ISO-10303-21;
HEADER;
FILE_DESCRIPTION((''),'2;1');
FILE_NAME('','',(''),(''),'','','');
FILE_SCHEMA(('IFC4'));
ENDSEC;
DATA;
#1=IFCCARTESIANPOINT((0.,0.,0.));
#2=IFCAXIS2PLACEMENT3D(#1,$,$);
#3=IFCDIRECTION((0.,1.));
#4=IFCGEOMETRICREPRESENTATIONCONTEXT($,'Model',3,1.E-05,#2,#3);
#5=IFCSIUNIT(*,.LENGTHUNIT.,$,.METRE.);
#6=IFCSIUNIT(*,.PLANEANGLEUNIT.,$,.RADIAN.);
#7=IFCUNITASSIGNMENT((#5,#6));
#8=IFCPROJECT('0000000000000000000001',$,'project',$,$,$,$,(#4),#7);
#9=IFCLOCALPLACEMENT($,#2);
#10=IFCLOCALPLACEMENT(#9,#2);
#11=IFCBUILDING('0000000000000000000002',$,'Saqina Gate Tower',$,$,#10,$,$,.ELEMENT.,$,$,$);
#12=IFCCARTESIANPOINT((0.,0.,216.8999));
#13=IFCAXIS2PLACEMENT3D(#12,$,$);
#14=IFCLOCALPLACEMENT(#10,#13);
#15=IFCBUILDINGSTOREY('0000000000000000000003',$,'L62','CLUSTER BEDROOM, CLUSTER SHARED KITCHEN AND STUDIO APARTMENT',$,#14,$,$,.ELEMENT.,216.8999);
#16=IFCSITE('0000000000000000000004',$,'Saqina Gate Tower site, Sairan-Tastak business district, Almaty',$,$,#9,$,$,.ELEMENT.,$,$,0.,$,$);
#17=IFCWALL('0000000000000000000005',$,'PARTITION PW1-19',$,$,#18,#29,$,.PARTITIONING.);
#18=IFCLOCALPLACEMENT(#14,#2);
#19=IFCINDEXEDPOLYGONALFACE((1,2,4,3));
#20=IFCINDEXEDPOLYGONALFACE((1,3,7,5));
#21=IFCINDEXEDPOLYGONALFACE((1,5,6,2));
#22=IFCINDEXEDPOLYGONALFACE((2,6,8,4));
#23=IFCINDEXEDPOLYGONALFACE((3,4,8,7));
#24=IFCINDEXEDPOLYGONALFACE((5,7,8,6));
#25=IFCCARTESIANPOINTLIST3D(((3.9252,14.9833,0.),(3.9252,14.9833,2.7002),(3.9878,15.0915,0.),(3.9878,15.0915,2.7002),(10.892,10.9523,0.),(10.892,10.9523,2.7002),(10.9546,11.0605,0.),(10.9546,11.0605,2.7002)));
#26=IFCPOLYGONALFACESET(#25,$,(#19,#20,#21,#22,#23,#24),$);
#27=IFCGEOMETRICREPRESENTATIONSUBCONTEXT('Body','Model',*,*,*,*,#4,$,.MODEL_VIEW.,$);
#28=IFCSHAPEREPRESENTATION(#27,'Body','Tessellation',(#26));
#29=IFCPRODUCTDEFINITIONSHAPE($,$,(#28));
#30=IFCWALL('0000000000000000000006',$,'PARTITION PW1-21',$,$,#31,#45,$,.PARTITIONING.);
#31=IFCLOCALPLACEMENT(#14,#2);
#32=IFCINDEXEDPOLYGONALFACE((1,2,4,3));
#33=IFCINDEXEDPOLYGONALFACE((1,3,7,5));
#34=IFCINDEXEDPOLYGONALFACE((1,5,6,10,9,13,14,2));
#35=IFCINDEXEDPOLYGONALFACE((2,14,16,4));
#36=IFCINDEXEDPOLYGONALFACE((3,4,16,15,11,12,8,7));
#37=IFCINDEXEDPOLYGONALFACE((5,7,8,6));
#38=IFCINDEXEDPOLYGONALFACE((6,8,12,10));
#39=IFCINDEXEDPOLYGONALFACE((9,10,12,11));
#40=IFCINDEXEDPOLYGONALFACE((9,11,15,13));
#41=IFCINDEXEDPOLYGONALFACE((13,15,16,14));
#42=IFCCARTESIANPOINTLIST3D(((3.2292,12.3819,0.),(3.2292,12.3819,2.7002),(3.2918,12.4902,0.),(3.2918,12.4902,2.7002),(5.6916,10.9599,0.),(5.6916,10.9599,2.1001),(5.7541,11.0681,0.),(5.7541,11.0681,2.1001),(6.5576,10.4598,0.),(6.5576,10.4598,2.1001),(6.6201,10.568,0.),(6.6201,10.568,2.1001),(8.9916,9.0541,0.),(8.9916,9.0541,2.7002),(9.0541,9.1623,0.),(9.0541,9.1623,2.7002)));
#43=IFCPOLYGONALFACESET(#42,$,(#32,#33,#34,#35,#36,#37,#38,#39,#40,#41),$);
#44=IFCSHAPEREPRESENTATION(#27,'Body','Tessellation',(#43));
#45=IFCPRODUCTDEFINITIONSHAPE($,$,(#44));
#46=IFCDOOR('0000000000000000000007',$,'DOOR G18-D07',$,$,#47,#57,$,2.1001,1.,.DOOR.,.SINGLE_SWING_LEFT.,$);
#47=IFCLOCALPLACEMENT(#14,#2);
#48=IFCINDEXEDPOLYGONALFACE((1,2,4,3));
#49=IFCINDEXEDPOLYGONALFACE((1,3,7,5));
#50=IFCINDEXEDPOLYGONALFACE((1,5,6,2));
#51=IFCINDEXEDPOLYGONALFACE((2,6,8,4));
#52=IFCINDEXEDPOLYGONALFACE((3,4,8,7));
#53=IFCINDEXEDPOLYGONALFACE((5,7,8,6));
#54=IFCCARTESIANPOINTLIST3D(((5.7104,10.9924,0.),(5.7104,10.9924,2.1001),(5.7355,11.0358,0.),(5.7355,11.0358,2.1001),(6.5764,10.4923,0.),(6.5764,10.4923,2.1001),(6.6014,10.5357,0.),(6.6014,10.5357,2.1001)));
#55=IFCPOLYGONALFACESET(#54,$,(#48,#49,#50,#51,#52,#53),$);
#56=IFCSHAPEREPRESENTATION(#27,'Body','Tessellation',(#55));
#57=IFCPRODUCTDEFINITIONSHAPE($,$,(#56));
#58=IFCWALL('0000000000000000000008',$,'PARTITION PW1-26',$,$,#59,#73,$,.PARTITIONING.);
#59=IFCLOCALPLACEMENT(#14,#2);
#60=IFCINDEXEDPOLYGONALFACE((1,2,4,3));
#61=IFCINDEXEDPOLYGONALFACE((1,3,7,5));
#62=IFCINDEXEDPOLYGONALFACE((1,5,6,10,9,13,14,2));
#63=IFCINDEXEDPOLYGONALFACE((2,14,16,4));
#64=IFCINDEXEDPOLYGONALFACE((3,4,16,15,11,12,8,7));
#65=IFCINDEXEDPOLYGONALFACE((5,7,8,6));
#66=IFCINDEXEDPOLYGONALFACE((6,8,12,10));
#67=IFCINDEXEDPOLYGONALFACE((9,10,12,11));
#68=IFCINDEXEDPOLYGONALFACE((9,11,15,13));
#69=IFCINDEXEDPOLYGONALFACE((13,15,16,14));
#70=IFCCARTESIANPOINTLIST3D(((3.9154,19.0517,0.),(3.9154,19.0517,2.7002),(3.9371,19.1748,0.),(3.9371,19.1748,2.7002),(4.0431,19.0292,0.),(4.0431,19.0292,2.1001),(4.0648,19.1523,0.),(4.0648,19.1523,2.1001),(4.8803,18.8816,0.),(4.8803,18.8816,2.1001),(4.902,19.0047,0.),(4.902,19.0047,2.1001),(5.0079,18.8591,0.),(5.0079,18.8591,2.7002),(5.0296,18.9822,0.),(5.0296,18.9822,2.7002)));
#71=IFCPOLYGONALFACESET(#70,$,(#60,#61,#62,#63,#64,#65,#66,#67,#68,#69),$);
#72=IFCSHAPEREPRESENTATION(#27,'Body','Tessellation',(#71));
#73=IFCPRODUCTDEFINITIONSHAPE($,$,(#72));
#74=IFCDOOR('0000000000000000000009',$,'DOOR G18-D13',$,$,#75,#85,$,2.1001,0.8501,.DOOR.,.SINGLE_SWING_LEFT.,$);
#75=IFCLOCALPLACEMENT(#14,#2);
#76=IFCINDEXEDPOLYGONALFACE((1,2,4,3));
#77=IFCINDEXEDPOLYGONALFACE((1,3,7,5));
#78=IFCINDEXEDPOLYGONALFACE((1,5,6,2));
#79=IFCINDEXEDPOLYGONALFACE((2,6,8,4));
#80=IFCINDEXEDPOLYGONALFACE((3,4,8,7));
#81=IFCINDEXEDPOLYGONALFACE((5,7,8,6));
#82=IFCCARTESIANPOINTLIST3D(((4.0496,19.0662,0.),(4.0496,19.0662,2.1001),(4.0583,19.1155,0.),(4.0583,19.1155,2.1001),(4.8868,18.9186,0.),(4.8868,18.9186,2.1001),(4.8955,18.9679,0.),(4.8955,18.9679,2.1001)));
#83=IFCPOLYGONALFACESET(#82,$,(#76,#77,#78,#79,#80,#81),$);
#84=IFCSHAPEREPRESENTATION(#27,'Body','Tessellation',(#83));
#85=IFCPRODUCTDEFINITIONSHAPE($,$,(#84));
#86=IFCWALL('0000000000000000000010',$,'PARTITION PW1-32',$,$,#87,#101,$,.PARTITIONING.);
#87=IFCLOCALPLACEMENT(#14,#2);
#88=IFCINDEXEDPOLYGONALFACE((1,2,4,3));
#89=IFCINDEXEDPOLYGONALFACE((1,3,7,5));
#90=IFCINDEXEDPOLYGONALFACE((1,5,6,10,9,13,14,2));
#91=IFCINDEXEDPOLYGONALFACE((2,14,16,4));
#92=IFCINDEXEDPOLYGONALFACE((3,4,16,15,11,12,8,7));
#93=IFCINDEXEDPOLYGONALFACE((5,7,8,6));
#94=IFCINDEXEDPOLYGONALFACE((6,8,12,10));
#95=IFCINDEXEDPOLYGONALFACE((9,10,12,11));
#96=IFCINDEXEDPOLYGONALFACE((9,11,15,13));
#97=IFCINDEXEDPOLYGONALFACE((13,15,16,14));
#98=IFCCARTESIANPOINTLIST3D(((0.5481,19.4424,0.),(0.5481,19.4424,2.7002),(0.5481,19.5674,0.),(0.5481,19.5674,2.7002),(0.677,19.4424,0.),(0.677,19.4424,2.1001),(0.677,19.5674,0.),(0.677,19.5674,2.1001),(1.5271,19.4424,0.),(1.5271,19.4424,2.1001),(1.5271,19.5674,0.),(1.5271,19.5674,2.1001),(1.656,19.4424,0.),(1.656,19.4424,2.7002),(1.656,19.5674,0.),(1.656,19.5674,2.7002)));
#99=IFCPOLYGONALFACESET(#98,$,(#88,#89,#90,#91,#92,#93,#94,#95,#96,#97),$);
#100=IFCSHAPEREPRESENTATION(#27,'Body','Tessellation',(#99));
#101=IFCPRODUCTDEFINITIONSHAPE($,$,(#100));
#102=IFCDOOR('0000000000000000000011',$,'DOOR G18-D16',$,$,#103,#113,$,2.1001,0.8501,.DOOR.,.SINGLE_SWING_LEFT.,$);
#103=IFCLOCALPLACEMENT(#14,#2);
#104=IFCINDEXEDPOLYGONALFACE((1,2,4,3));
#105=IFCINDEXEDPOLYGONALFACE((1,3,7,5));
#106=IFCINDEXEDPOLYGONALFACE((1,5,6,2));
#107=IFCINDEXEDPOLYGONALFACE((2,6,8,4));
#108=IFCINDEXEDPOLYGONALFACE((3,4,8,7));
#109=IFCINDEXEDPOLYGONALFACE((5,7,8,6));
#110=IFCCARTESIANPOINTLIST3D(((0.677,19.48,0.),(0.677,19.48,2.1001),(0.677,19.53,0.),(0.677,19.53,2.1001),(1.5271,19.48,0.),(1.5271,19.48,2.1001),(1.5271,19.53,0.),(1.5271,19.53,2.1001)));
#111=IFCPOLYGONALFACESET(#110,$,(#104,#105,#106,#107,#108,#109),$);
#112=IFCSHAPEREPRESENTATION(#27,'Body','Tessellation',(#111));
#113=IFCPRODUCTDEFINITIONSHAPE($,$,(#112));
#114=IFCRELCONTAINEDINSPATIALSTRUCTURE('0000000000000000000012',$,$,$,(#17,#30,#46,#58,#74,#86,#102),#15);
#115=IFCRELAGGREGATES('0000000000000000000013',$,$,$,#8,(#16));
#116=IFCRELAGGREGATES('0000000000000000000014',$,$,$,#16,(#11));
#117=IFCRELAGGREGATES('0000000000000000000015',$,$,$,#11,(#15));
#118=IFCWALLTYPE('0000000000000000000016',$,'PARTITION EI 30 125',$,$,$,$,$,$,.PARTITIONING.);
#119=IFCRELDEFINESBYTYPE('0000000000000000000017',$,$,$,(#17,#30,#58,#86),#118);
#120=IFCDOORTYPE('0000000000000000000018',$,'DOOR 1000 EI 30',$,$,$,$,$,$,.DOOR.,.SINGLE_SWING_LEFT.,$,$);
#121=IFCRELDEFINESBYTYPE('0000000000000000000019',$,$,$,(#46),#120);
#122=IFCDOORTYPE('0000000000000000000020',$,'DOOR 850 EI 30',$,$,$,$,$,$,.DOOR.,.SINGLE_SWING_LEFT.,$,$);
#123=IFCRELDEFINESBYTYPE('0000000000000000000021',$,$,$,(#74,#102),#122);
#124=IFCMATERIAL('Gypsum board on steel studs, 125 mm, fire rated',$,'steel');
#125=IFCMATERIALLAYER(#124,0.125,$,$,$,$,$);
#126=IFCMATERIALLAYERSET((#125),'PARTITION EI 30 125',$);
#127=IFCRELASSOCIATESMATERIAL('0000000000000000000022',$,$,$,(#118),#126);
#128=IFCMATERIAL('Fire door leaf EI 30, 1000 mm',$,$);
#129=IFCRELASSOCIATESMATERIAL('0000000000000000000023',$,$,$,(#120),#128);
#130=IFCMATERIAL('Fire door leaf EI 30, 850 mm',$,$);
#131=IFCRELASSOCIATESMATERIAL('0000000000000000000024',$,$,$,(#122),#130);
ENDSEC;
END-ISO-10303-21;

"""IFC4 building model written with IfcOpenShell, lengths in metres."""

from ifc_helpers import new_model, si_unit, direction, frame, frame_2d, origin, place, context, subcontext, project, spatial, rectangle, extrude, material, layer, layer_set, type_object, element, fill, save


model = new_model("IFC4")

# Units and contexts
model_context = context("Model", 3, precision=1e-05, world=origin(), true_north=direction((0.0, 1.0)))
body_context = subcontext(model_context, "Body", "Model", "MODEL_VIEW")
ifc_project = project(units=[si_unit("LENGTHUNIT", "METRE"), si_unit("PLANEANGLEUNIT", "RADIAN")], contexts=[model_context])

# Site, building, storey
site_placement = place(None, origin())
site = spatial("IfcSite", under=ifc_project, at=site_placement, Name="Saqina Gate Tower site, Sairan-Tastak business district, Almaty", CompositionType="ELEMENT", RefElevation=0.0)
building_placement = place(site_placement, origin())
building = spatial("IfcBuilding", under=site, at=building_placement, Name="Saqina Gate Tower", CompositionType="ELEMENT")
storey_placement = place(building_placement, frame((0.0, 0.0, 216.8999)))
storey = spatial("IfcBuildingStorey", under=building, at=storey_placement, Name="L62", Description="CLUSTER BEDROOM, CLUSTER SHARED KITCHEN AND STUDIO APARTMENT", CompositionType="ELEMENT", Elevation=216.8999)

# Wall
ifc_material_1 = material(Name="Gypsum board on steel studs, 125 mm, fire rated", Category="steel")
ifc_layer_1 = layer(ifc_material_1, 0.125)
ifc_layer_set_1 = layer_set([ifc_layer_1], Name="PARTITION EI 30 125")
wall_type_1 = type_object("IfcWallType", Name="PARTITION EI 30 125", PredefinedType="PARTITIONING", material=ifc_layer_set_1)
wall_1_placement = place(storey_placement, frame((3.9565, 15.0374, 0.0), z_axis=(0.0, 0.0, 1.0), x_axis=(0.865556, -0.500813, 0.0)))
element("IfcWall", 1, at=wall_1_placement, inside=storey, type_object=wall_type_1, Name="PARTITION PW1-19", PredefinedType="PARTITIONING", context=body_context, shape_type="SweptSolid", body=[
    extrude(rectangle(XDim=8.0488, YDim=0.125, at=frame_2d((4.0244, 0.0))), origin(), (0.0, 0.0, 1.0), 2.7002),
])

# Walls, openings, doors
wall_2_placement = place(storey_placement, frame((3.2605, 12.436, 0.0), z_axis=(0.0, 0.0, 1.0), x_axis=(0.865965, -0.500105, 0.0)))
wall_2 = element("IfcWall", 2, at=wall_2_placement, inside=storey, type_object=wall_type_1, Name="PARTITION PW1-21", PredefinedType="PARTITIONING", context=body_context, shape_type="SweptSolid", body=[
    extrude(rectangle(XDim=6.6543, YDim=0.125, at=frame_2d((3.3271, 0.0))), origin(), (0.0, 0.0, 1.0), 2.7002),
])
opening_1_placement = place(wall_2_placement, frame((2.8435, 0.0, 0.0)))
opening_1 = element("IfcOpeningElement", 3, at=opening_1_placement, cuts=wall_2, PredefinedType="OPENING", context=body_context, shape_type="SweptSolid", body=[
    extrude(rectangle(XDim=1.0, YDim=2.1001, at=frame_2d((0.5, 1.05))), frame((0.0, 0.0745, 0.0), z_axis=(0.0, -1.0, 0.0), x_axis=(1.0, 0.0, 0.0)), (0.0, 0.0, 1.0), 0.1489),
])
ifc_material_2 = material(Name="Fire door leaf EI 30, 1000 mm")
door_type_1 = type_object("IfcDoorType", Name="DOOR 1000 EI 30", OperationType="SINGLE_SWING_LEFT", PredefinedType="DOOR", material=ifc_material_2)
door_1_placement = place(opening_1_placement, frame((1.0, 0.0, 0.0), z_axis=(0.0, 0.0, 1.0), x_axis=(-1.0, 0.0, 0.0)))
door_1 = element("IfcDoor", 4, at=door_1_placement, inside=storey, type_object=door_type_1, Name="DOOR G18-D07", OperationType="SINGLE_SWING_LEFT", OverallHeight=2.1001, OverallWidth=1.0, PredefinedType="DOOR", context=body_context, shape_type="SweptSolid", body=[
    extrude(rectangle(XDim=1.0, YDim=2.1001, at=frame_2d((0.5, 1.05))), frame((0.0, 0.0249, 0.0), z_axis=(0.0, -1.0, 0.0), x_axis=(1.0, 0.0, 0.0)), (0.0, 0.0, 1.0), 0.05),
])
fill(opening_1, door_1)
wall_3_placement = place(storey_placement, frame((3.9263, 19.1133, 0.0), z_axis=(0.0, 0.0, 1.0), x_axis=(0.98481, -0.173635, 0.0)))
wall_3 = element("IfcWall", 5, at=wall_3_placement, inside=storey, type_object=wall_type_1, Name="PARTITION PW1-26", PredefinedType="PARTITIONING", context=body_context, shape_type="SweptSolid", body=[
    extrude(rectangle(XDim=1.1094, YDim=0.125, at=frame_2d((0.5547, 0.0))), origin(), (0.0, 0.0, 1.0), 2.7002),
])
opening_2_placement = place(wall_3_placement, frame((0.1296, 0.0, 0.0)))
opening_2 = element("IfcOpeningElement", 6, at=opening_2_placement, cuts=wall_3, PredefinedType="OPENING", context=body_context, shape_type="SweptSolid", body=[
    extrude(rectangle(XDim=0.8501, YDim=2.1001, at=frame_2d((0.425, 1.05))), frame((0.0, 0.0745, 0.0), z_axis=(0.0, -1.0, 0.0), x_axis=(1.0, 0.0, 0.0)), (0.0, 0.0, 1.0), 0.1489),
])
ifc_material_3 = material(Name="Fire door leaf EI 30, 850 mm")
door_type_2 = type_object("IfcDoorType", Name="DOOR 850 EI 30", OperationType="SINGLE_SWING_LEFT", PredefinedType="DOOR", material=ifc_material_3)
door_2_placement = place(opening_2_placement, frame((0.8501, 0.0, 0.0), z_axis=(0.0, 0.0, 1.0), x_axis=(-1.0, 0.0, 0.0)))
door_2 = element("IfcDoor", 7, at=door_2_placement, inside=storey, type_object=door_type_2, Name="DOOR G18-D13", OperationType="SINGLE_SWING_LEFT", OverallHeight=2.1001, OverallWidth=0.8501, PredefinedType="DOOR", context=body_context, shape_type="SweptSolid", body=[
    extrude(rectangle(XDim=0.8501, YDim=2.1001, at=frame_2d((0.425, 1.05))), frame((0.0, 0.0249, 0.0), z_axis=(0.0, -1.0, 0.0), x_axis=(1.0, 0.0, 0.0)), (0.0, 0.0, 1.0), 0.05),
])
fill(opening_2, door_2)
wall_4_placement = place(storey_placement, frame((0.5481, 19.5049, 0.0), z_axis=(0.0, 0.0, 1.0), x_axis=(1.0, 0.0, 0.0)))
wall_4 = element("IfcWall", 8, at=wall_4_placement, inside=storey, type_object=wall_type_1, Name="PARTITION PW1-32", PredefinedType="PARTITIONING", context=body_context, shape_type="SweptSolid", body=[
    extrude(rectangle(XDim=1.1079, YDim=0.125, at=frame_2d((0.554, 0.0))), origin(), (0.0, 0.0, 1.0), 2.7002),
])
opening_3_placement = place(wall_4_placement, frame((0.1289, 0.0, 0.0)))
opening_3 = element("IfcOpeningElement", 9, at=opening_3_placement, cuts=wall_4, PredefinedType="OPENING", context=body_context, shape_type="SweptSolid", body=[
    extrude(rectangle(XDim=0.8501, YDim=2.1001, at=frame_2d((0.425, 1.05))), frame((0.0, 0.0745, 0.0), z_axis=(0.0, -1.0, 0.0), x_axis=(1.0, 0.0, 0.0)), (0.0, 0.0, 1.0), 0.1489),
])
door_3_placement = place(opening_3_placement, frame((0.8501, 0.0, 0.0), z_axis=(0.0, 0.0, 1.0), x_axis=(-1.0, 0.0, 0.0)))
door_3 = element("IfcDoor", 10, at=door_3_placement, inside=storey, type_object=door_type_2, Name="DOOR G18-D16", OperationType="SINGLE_SWING_LEFT", OverallHeight=2.1001, OverallWidth=0.8501, PredefinedType="DOOR", context=body_context, shape_type="SweptSolid", body=[
    extrude(rectangle(XDim=0.8501, YDim=2.1001, at=frame_2d((0.425, 1.05))), frame((0.0, 0.0249, 0.0), z_axis=(0.0, -1.0, 0.0), x_axis=(1.0, 0.0, 0.0)), (0.0, 0.0, 1.0), 0.05),
])
fill(opening_3, door_3)

save(model, "model.ifc")
